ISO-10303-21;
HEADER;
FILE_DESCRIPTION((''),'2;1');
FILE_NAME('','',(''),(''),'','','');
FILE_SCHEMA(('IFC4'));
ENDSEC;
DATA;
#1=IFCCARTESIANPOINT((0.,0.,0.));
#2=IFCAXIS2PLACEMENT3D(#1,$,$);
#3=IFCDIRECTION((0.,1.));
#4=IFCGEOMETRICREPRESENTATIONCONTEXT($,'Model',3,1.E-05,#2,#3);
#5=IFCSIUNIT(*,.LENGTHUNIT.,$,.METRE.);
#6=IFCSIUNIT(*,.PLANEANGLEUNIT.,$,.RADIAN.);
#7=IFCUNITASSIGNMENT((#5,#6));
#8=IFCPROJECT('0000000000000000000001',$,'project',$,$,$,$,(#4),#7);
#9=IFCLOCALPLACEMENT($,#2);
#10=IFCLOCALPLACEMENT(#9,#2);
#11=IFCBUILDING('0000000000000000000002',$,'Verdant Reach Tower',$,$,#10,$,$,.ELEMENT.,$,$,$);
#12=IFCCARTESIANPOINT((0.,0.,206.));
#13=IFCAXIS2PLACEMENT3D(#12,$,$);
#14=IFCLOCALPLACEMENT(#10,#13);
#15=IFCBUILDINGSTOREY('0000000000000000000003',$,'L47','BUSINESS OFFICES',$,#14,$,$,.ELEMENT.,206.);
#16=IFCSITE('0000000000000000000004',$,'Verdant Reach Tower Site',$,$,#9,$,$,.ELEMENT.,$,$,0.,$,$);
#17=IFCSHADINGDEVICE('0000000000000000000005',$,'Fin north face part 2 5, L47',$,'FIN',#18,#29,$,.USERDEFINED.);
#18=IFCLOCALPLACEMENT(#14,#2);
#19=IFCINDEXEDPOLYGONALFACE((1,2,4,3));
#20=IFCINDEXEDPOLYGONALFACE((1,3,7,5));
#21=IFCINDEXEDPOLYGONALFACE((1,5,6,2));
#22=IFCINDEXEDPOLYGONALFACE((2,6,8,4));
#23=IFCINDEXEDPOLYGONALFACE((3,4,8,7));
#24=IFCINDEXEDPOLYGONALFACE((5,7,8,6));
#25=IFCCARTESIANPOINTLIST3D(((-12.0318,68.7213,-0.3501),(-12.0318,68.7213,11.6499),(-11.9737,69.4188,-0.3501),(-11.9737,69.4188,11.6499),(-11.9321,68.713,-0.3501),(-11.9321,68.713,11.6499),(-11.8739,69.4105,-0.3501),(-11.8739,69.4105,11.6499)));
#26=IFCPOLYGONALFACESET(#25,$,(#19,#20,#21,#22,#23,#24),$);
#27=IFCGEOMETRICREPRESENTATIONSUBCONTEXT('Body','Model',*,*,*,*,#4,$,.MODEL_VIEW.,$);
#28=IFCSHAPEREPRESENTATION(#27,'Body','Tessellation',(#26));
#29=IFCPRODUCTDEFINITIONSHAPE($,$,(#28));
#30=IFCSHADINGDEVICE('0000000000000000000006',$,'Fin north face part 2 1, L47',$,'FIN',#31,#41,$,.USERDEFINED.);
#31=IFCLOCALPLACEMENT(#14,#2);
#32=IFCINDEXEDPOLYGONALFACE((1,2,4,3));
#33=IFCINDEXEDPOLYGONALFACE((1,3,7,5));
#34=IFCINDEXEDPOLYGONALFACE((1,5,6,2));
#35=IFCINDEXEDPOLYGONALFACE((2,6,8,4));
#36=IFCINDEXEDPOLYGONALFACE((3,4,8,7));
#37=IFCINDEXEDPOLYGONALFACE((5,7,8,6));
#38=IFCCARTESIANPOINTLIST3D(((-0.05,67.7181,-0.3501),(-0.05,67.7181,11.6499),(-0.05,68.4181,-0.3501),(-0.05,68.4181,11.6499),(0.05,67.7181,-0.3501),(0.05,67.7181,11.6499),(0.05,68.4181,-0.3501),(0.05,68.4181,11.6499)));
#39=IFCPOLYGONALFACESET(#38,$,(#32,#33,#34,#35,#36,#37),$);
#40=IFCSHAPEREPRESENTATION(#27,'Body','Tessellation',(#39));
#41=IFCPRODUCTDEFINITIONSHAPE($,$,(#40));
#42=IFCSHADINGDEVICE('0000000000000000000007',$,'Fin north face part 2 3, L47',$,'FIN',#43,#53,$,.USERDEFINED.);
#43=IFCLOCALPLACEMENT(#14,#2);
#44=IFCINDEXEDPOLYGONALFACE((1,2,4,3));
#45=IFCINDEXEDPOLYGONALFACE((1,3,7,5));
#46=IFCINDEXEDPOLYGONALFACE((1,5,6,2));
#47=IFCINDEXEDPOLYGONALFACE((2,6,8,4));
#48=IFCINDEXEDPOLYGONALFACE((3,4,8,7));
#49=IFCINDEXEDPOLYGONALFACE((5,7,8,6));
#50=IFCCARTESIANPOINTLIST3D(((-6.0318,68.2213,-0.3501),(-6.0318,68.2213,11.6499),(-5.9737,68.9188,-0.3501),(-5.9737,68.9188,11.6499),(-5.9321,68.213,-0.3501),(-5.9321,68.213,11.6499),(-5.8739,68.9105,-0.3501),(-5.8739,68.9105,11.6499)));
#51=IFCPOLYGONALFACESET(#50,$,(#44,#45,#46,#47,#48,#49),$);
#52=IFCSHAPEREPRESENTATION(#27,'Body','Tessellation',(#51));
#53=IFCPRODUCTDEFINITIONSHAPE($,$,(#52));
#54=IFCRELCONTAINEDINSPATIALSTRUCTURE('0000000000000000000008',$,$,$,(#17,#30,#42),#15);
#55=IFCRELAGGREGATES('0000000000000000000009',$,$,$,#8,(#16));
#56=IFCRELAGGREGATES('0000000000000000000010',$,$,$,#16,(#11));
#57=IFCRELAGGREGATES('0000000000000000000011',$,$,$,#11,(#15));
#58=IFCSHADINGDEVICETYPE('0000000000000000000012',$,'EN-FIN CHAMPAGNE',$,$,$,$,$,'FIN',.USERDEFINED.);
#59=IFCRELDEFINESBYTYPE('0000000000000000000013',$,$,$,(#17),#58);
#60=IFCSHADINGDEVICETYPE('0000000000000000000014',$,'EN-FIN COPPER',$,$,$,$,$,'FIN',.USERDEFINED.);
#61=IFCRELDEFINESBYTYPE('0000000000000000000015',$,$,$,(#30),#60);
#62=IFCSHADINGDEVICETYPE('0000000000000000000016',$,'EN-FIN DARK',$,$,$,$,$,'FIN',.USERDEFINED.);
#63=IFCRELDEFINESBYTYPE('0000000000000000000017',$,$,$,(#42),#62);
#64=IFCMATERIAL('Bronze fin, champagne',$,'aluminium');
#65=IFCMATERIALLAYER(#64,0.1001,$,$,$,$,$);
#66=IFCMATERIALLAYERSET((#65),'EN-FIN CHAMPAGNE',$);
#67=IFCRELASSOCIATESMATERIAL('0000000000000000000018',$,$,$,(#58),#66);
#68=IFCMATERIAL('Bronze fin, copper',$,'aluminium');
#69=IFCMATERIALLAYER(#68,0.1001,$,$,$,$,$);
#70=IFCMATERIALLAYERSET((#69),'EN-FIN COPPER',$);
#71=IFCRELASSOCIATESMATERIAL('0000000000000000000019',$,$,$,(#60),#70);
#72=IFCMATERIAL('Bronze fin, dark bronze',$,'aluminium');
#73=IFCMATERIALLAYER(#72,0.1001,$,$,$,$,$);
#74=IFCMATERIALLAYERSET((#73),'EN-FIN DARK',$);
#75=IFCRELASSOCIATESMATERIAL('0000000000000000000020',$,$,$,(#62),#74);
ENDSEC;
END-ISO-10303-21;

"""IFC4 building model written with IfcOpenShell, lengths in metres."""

from ifc_helpers import new_model, si_unit, direction, frame, origin, origin_2d, place, context, subcontext, project, spatial, rectangle, extrude, material, layer, layer_set, type_object, element, save


model = new_model("IFC4")

# Units and contexts
model_context = context("Model", 3, precision=1e-05, world=origin(), true_north=direction((0.0, 1.0)))
body_context = subcontext(model_context, "Body", "Model", "MODEL_VIEW")
ifc_project = project(units=[si_unit("LENGTHUNIT", "METRE"), si_unit("PLANEANGLEUNIT", "RADIAN")], contexts=[model_context])

# Site, building, storey
site_placement = place(None, origin())
site = spatial("IfcSite", under=ifc_project, at=site_placement, Name="Verdant Reach Tower Site", CompositionType="ELEMENT", RefElevation=0.0)
building_placement = place(site_placement, origin())
building = spatial("IfcBuilding", under=site, at=building_placement, Name="Verdant Reach Tower", CompositionType="ELEMENT")
storey_placement = place(building_placement, frame((0.0, 0.0, 206.0)))
storey = spatial("IfcBuildingStorey", under=building, at=storey_placement, Name="L47", Description="BUSINESS OFFICES", CompositionType="ELEMENT", Elevation=206.0)

# Shading devices
ifc_material_1 = material(Name="Bronze fin, champagne", Category="aluminium")
ifc_layer_1 = layer(ifc_material_1, 0.1001)
ifc_layer_set_1 = layer_set([ifc_layer_1], Name="EN-FIN CHAMPAGNE")
shading_device_type_1 = type_object("IfcShadingDeviceType", Name="EN-FIN CHAMPAGNE", ElementType="FIN", PredefinedType="USERDEFINED", material=ifc_layer_set_1)
shading_device_1_placement = place(storey_placement, frame((-11.9529, 69.0659, -0.3501), z_axis=(0.0, 0.0, 1.0), x_axis=(-0.996546, 0.083045, 0.0)))
element("IfcShadingDevice", 1, at=shading_device_1_placement, inside=storey, type_object=shading_device_type_1, Name="Fin north face part 2 5, L47", ObjectType="FIN", PredefinedType="USERDEFINED", context=body_context, shape_type="SweptSolid", body=[
    extrude(rectangle(XDim=0.1001, YDim=0.7, at=origin_2d()), origin(), (0.0, 0.0, 1.0), 12.0),
])
ifc_material_2 = material(Name="Bronze fin, copper", Category="aluminium")
ifc_layer_2 = layer(ifc_material_2, 0.1001)
ifc_layer_set_2 = layer_set([ifc_layer_2], Name="EN-FIN COPPER")
shading_device_type_2 = type_object("IfcShadingDeviceType", Name="EN-FIN COPPER", ElementType="FIN", PredefinedType="USERDEFINED", material=ifc_layer_set_2)
shading_device_2_placement = place(storey_placement, frame((0.0, 68.0681, -0.3501), z_axis=(0.0, 0.0, 1.0), x_axis=(-1.0, 0.0, 0.0)))
element("IfcShadingDevice", 2, at=shading_device_2_placement, inside=storey, type_object=shading_device_type_2, Name="Fin north face part 2 1, L47", ObjectType="FIN", PredefinedType="USERDEFINED", context=body_context, shape_type="SweptSolid", body=[
    extrude(rectangle(XDim=0.1001, YDim=0.7, at=origin_2d()), origin(), (0.0, 0.0, 1.0), 12.0),
])
ifc_material_3 = material(Name="Bronze fin, dark bronze", Category="aluminium")
ifc_layer_3 = layer(ifc_material_3, 0.1001)
ifc_layer_set_3 = layer_set([ifc_layer_3], Name="EN-FIN DARK")
shading_device_type_3 = type_object("IfcShadingDeviceType", Name="EN-FIN DARK", ElementType="FIN", PredefinedType="USERDEFINED", material=ifc_layer_set_3)
shading_device_3_placement = place(storey_placement, frame((-5.9529, 68.5659, -0.3501), z_axis=(0.0, 0.0, 1.0), x_axis=(-0.996546, 0.083045, 0.0)))
element("IfcShadingDevice", 3, at=shading_device_3_placement, inside=storey, type_object=shading_device_type_3, Name="Fin north face part 2 3, L47", ObjectType="FIN", PredefinedType="USERDEFINED", context=body_context, shape_type="SweptSolid", body=[
    extrude(rectangle(XDim=0.1001, YDim=0.7, at=origin_2d()), origin(), (0.0, 0.0, 1.0), 12.0),
])

save(model, "model.ifc")
